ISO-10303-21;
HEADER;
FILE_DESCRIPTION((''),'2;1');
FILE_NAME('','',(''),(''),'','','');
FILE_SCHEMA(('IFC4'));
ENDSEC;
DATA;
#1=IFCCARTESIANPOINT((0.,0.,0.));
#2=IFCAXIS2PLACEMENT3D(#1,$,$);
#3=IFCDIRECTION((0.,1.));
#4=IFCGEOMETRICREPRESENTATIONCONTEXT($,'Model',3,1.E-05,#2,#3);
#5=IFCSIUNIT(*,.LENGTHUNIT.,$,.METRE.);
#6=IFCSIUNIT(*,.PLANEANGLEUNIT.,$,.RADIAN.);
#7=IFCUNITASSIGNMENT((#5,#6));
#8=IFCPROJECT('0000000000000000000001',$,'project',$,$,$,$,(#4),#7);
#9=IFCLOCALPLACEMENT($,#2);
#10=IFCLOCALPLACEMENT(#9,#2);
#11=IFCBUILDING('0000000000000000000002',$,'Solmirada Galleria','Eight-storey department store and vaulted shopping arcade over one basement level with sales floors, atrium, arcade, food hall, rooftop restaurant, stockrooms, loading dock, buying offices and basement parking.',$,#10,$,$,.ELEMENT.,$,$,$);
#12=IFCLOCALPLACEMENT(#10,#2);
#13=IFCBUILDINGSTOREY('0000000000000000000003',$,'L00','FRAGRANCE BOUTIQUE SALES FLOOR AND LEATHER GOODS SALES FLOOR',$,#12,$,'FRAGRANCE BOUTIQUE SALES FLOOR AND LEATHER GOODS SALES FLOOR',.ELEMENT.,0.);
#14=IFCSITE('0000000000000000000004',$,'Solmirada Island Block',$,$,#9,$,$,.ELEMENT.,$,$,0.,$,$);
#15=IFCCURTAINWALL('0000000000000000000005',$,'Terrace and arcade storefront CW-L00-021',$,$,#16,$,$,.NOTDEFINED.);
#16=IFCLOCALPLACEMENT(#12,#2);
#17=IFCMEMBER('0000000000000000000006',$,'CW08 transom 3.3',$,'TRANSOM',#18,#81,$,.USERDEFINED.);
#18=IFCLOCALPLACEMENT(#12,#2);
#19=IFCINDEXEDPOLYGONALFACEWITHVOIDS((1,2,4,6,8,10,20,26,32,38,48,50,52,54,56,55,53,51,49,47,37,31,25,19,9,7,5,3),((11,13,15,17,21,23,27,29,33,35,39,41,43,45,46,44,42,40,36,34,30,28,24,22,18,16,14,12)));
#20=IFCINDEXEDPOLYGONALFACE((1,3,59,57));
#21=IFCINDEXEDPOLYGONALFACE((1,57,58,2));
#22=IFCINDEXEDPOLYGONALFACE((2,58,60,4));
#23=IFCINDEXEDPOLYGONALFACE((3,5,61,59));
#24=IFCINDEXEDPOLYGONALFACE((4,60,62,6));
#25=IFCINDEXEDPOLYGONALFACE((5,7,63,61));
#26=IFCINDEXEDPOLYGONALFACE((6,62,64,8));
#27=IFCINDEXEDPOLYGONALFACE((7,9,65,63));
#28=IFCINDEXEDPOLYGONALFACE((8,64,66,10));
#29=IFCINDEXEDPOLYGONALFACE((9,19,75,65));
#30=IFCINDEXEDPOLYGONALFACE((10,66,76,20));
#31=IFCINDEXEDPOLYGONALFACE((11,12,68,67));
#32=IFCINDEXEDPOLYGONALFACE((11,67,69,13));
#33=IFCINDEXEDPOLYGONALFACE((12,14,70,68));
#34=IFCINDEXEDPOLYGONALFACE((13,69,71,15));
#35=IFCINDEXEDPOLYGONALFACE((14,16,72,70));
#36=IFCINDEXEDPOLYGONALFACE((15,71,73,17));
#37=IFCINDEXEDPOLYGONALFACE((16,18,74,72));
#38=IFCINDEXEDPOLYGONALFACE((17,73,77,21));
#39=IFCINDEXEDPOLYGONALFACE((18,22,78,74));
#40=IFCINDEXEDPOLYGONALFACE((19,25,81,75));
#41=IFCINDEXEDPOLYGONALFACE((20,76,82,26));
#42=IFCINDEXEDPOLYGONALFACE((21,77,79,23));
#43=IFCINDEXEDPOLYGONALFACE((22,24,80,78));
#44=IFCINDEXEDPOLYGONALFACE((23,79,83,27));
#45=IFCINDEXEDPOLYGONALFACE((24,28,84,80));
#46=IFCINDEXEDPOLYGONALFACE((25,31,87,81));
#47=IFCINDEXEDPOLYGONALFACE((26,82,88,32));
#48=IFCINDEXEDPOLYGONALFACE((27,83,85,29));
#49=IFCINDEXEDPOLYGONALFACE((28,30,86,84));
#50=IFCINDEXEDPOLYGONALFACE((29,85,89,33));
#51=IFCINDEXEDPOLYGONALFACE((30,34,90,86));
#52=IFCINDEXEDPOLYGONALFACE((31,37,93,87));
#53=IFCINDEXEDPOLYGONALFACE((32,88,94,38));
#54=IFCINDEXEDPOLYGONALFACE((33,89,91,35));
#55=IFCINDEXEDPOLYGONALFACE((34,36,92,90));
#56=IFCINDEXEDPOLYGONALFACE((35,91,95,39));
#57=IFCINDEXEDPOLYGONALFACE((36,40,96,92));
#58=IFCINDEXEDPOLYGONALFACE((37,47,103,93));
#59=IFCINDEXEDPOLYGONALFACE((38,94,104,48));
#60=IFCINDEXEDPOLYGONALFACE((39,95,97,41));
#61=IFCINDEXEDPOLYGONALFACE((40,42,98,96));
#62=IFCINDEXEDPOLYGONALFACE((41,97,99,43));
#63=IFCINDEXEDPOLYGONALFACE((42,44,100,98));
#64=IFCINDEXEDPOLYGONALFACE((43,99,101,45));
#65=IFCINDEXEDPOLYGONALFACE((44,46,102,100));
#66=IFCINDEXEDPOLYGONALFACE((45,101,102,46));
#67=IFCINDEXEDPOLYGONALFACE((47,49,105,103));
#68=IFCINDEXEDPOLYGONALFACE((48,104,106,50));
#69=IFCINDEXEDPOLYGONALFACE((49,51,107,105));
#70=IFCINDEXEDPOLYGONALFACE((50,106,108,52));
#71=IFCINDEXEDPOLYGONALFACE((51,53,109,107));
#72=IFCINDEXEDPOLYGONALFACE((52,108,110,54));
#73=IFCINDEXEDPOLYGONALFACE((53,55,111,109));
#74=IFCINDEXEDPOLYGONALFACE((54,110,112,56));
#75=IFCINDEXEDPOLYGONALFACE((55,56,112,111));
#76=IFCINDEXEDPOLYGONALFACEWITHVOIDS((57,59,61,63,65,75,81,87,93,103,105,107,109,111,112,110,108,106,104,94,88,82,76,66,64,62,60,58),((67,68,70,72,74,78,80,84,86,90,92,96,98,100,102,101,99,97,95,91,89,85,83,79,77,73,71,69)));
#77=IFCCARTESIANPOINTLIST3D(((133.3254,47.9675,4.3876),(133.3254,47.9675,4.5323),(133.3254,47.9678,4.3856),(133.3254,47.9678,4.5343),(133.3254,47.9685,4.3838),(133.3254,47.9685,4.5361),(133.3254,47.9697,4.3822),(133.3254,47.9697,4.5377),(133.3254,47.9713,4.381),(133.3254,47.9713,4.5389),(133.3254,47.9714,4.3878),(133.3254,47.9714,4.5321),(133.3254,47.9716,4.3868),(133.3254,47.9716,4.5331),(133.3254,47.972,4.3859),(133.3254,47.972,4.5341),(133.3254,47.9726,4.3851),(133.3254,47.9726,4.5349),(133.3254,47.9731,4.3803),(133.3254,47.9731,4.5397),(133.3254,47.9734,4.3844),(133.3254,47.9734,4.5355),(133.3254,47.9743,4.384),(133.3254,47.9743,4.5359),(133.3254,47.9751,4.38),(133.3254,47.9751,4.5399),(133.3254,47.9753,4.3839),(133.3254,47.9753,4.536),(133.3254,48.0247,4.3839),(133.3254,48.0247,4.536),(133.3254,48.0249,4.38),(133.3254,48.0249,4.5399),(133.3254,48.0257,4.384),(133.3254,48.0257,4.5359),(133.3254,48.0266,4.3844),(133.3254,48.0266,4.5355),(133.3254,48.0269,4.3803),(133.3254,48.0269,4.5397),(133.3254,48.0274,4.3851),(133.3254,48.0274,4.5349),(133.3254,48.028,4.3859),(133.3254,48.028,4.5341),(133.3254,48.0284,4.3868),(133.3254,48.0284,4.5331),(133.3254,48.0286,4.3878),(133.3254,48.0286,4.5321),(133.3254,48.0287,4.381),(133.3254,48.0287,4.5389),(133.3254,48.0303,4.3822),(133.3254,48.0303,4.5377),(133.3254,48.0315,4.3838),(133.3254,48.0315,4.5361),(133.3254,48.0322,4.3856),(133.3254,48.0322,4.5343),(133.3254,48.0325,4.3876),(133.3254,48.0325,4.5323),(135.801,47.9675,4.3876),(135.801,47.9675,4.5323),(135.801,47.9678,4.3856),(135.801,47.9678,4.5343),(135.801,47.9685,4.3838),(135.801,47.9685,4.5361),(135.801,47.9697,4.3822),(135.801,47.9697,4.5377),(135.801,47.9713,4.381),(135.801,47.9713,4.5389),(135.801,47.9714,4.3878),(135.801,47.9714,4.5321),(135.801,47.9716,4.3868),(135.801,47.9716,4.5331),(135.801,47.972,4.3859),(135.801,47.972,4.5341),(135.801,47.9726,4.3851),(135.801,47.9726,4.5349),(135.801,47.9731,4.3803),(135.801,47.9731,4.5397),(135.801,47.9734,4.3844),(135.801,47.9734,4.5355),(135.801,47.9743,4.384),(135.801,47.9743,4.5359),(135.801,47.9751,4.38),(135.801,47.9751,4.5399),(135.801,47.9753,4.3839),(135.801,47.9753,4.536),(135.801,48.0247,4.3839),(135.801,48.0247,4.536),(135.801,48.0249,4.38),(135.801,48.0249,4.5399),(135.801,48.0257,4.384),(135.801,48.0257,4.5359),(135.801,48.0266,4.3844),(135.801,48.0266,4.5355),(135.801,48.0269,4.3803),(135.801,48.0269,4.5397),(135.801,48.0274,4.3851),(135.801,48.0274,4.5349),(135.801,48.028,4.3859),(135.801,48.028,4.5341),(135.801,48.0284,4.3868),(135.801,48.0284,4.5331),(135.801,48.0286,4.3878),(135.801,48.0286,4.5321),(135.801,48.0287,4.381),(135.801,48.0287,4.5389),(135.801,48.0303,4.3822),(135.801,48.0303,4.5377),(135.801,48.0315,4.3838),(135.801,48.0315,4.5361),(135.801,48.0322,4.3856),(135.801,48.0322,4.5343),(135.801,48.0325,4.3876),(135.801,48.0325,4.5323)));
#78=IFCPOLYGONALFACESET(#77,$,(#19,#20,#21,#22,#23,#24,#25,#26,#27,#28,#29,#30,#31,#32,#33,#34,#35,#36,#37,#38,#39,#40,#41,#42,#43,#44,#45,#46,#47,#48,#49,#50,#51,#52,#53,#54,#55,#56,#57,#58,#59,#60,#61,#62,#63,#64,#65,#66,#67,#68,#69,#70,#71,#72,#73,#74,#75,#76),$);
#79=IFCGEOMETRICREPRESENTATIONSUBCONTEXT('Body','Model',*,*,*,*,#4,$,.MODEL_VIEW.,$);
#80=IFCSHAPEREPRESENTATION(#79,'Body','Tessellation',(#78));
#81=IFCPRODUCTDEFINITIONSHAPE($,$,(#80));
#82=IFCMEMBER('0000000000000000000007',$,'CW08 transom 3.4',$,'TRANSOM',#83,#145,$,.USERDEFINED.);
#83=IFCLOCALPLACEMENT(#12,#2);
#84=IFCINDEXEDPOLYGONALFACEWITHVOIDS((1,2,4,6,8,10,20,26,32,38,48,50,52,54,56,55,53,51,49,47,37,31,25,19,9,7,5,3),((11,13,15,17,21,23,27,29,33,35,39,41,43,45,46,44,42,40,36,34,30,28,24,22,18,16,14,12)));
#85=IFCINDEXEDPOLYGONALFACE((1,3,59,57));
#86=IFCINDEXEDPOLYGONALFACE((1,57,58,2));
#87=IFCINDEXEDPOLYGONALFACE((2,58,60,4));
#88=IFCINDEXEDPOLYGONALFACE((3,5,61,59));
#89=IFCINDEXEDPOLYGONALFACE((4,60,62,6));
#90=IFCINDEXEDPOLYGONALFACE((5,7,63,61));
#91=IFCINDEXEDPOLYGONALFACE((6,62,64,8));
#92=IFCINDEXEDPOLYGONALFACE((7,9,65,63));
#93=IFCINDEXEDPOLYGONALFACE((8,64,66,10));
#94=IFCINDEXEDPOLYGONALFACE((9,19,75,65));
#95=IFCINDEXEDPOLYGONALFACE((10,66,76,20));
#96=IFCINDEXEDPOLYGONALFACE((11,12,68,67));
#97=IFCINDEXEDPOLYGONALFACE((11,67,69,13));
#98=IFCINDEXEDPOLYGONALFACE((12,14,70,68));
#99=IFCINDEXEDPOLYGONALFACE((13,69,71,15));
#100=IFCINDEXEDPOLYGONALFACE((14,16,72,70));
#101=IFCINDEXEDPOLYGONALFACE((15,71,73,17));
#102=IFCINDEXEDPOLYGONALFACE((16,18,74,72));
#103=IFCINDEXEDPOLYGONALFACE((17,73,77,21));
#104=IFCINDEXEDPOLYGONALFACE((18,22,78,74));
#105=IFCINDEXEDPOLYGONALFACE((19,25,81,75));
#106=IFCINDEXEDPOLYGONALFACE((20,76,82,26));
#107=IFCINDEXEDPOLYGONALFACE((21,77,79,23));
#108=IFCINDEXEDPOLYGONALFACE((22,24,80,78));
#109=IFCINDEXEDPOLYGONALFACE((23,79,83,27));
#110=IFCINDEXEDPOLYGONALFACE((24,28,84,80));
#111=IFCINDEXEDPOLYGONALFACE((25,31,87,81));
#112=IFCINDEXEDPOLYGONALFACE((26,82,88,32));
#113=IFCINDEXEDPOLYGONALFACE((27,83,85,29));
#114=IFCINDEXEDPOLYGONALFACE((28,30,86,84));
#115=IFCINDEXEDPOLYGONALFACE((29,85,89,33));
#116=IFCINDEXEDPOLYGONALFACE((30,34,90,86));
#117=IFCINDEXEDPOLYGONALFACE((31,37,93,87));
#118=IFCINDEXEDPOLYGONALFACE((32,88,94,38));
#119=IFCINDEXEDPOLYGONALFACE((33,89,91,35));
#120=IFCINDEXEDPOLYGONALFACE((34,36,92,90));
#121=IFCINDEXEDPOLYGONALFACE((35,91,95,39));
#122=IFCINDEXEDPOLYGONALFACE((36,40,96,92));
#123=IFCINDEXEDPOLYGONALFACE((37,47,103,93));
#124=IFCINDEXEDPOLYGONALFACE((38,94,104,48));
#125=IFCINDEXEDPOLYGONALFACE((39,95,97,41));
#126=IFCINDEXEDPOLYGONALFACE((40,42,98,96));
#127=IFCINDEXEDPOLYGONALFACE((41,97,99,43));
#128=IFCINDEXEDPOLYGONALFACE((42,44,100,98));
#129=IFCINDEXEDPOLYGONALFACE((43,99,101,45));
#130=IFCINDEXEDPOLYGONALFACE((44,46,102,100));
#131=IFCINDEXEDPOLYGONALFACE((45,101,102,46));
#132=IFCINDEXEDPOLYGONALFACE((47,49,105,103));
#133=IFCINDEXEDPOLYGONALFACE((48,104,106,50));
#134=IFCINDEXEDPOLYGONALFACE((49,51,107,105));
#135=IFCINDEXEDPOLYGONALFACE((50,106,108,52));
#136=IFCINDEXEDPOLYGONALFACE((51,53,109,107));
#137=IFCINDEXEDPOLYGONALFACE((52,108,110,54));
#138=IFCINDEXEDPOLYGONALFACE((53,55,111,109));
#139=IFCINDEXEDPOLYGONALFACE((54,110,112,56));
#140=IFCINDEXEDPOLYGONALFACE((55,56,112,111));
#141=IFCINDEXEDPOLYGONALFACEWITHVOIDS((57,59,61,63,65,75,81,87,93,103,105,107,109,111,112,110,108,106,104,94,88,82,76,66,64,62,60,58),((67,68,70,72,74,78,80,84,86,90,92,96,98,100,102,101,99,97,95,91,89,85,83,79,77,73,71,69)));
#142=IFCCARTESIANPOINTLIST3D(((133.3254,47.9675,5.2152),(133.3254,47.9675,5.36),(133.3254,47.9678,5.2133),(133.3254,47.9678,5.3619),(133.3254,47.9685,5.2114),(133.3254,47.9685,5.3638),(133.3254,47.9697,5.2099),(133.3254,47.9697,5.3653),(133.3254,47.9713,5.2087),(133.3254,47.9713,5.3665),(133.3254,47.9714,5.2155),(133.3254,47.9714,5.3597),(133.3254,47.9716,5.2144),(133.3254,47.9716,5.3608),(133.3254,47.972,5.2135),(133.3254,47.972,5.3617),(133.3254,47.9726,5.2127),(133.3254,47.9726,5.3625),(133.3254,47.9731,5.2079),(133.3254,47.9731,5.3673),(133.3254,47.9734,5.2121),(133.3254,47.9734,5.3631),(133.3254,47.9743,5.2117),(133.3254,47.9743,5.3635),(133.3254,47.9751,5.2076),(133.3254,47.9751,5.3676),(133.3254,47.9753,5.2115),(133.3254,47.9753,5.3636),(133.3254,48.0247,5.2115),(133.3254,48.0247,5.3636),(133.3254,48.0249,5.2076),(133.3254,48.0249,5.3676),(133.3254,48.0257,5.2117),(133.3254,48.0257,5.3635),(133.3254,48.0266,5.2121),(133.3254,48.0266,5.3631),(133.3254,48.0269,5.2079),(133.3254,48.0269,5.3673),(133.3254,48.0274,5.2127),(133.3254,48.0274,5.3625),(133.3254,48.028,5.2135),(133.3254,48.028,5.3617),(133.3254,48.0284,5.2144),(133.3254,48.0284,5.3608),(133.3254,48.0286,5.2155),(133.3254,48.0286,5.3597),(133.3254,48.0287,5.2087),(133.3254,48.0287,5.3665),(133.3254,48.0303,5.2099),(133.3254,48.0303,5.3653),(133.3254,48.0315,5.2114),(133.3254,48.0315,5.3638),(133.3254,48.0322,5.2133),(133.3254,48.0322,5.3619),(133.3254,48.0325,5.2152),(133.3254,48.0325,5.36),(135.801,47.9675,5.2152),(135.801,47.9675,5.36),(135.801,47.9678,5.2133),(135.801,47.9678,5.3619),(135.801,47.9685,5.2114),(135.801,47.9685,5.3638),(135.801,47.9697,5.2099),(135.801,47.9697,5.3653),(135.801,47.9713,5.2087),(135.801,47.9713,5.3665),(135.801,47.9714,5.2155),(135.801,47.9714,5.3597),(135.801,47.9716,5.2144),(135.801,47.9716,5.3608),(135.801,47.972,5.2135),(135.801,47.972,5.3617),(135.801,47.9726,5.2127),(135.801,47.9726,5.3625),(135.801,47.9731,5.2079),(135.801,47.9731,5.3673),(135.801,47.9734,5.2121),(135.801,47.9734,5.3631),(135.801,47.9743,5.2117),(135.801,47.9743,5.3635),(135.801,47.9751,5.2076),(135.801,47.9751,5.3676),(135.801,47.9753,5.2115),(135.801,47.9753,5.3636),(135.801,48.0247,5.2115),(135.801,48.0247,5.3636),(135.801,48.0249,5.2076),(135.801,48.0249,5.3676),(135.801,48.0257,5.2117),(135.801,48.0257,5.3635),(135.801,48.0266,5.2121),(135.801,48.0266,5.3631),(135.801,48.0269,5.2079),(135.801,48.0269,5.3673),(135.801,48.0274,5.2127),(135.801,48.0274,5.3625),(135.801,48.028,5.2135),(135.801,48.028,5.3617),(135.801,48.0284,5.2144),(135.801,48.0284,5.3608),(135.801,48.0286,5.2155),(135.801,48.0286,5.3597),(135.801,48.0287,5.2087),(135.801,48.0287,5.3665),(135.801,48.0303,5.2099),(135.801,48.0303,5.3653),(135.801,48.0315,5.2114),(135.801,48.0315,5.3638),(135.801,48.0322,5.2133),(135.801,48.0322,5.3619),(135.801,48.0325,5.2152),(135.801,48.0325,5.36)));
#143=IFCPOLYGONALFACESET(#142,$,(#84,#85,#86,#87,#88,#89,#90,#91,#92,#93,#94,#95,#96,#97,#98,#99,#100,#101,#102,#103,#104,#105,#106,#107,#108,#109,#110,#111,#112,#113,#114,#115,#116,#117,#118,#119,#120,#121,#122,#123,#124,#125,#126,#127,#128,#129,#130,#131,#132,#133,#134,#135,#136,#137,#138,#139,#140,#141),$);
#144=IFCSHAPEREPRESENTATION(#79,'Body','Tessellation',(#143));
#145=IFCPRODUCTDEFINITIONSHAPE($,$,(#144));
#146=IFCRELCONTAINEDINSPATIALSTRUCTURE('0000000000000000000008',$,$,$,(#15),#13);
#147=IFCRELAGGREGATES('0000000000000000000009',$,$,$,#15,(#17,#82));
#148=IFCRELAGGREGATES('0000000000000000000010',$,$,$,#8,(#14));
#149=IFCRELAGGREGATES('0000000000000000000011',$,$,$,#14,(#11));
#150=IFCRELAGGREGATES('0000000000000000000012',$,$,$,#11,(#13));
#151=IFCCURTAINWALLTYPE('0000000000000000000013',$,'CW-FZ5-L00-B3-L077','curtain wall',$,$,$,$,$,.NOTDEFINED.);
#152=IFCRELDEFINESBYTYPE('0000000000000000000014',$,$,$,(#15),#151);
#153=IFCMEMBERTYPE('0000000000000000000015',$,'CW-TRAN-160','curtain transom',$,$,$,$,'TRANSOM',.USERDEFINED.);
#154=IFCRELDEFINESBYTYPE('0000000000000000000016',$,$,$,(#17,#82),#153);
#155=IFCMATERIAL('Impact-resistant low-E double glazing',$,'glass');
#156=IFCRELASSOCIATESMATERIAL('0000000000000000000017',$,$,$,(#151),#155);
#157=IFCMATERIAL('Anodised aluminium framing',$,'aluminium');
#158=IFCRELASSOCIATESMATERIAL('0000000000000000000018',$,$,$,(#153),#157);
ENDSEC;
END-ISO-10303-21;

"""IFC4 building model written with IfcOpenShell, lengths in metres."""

from ifc_helpers import new_model, si_unit, direction, frame, origin, origin_2d, place, context, subcontext, project, spatial, hollow_rectangle, extrude, material, material_profile, profile_set, type_object, element, aggregate, save


model = new_model("IFC4")

# Units and contexts
model_context = context("Model", 3, precision=1e-05, world=origin(), true_north=direction((0.0, 1.0)))
body_context = subcontext(model_context, "Body", "Model", "MODEL_VIEW")
ifc_project = project(units=[si_unit("LENGTHUNIT", "METRE"), si_unit("PLANEANGLEUNIT", "RADIAN")], contexts=[model_context])

# Site, building, storey
site_placement = place(None, origin())
site = spatial("IfcSite", under=ifc_project, at=site_placement, Name="Solmirada Island Block", CompositionType="ELEMENT", RefElevation=0.0)
building_placement = place(site_placement, origin())
building = spatial("IfcBuilding", under=site, at=building_placement, Name="Solmirada Galleria", Description="Eight-storey department store and vaulted shopping arcade over one basement level with sales floors, atrium, arcade, food hall, rooftop restaurant, stockrooms, loading dock, buying offices and basement parking.", CompositionType="ELEMENT")
storey_placement = place(building_placement, origin())
storey = spatial("IfcBuildingStorey", under=building, at=storey_placement, Name="L00", Description="FRAGRANCE BOUTIQUE SALES FLOOR AND LEATHER GOODS SALES FLOOR", LongName="FRAGRANCE BOUTIQUE SALES FLOOR AND LEATHER GOODS SALES FLOOR", CompositionType="ELEMENT", Elevation=0.0)

# Curtain wall
ifc_material_1 = material(Name="Impact-resistant low-E double glazing", Category="glass")
curtain_wall_type = type_object("IfcCurtainWallType", Name="CW-FZ5-L00-B3-L077", Description="curtain wall", PredefinedType="NOTDEFINED", material=ifc_material_1)
curtain_wall_1_placement = place(storey_placement, origin())
curtain_wall_1 = element("IfcCurtainWall", 1, at=curtain_wall_1_placement, inside=storey, type_object=curtain_wall_type, Name="Terrace and arcade storefront CW-L00-021", PredefinedType="NOTDEFINED")
ifc_material_2 = material(Name="Anodised aluminium framing", Category="aluminium")

# Members
ifc_material_profile_1 = material_profile(ifc_material_2, hollow_rectangle(XDim=0.0649, YDim=0.1599, WallThickness=0.0039, InnerFilletRadius=0.0039, OuterFilletRadius=0.0076, at=origin_2d()), Name="ALU-TRAN-160X65")
ifc_profile_set_1 = profile_set([ifc_material_profile_1], Name="Anodised aluminium framing")
member_type_1 = type_object("IfcMemberType", Name="CW-TRAN-160", Description="curtain transom", ElementType="TRANSOM", PredefinedType="USERDEFINED", material=ifc_profile_set_1)
member_1_placement = place(storey_placement, frame((133.3254, 48.0, 4.46), z_axis=(1.0, 0.0, 0.0), x_axis=(0.0, 1.0, 0.0)))
member_1 = element("IfcMember", 2, at=member_1_placement, type_object=member_type_1, Name="CW08 transom 3.3", ObjectType="TRANSOM", PredefinedType="USERDEFINED", context=body_context, shape_type="SweptSolid", body=[
    extrude(hollow_rectangle(XDim=0.0649, YDim=0.1599, WallThickness=0.0039, InnerFilletRadius=0.0039, OuterFilletRadius=0.0076, at=origin_2d()), origin(), (0.0, 0.0, 1.0), 2.4756),
])
member_2_placement = place(storey_placement, frame((133.3254, 48.0, 5.2876), z_axis=(1.0, 0.0, 0.0), x_axis=(0.0, 1.0, 0.0)))
member_2 = element("IfcMember", 3, at=member_2_placement, type_object=member_type_1, Name="CW08 transom 3.4", ObjectType="TRANSOM", PredefinedType="USERDEFINED", context=body_context, shape_type="SweptSolid", body=[
    extrude(hollow_rectangle(XDim=0.0649, YDim=0.1599, WallThickness=0.0039, InnerFilletRadius=0.0039, OuterFilletRadius=0.0076, at=origin_2d()), origin(), (0.0, 0.0, 1.0), 2.4756),
])

aggregate(curtain_wall_1, [member_1, member_2])

save(model, "model.ifc")
